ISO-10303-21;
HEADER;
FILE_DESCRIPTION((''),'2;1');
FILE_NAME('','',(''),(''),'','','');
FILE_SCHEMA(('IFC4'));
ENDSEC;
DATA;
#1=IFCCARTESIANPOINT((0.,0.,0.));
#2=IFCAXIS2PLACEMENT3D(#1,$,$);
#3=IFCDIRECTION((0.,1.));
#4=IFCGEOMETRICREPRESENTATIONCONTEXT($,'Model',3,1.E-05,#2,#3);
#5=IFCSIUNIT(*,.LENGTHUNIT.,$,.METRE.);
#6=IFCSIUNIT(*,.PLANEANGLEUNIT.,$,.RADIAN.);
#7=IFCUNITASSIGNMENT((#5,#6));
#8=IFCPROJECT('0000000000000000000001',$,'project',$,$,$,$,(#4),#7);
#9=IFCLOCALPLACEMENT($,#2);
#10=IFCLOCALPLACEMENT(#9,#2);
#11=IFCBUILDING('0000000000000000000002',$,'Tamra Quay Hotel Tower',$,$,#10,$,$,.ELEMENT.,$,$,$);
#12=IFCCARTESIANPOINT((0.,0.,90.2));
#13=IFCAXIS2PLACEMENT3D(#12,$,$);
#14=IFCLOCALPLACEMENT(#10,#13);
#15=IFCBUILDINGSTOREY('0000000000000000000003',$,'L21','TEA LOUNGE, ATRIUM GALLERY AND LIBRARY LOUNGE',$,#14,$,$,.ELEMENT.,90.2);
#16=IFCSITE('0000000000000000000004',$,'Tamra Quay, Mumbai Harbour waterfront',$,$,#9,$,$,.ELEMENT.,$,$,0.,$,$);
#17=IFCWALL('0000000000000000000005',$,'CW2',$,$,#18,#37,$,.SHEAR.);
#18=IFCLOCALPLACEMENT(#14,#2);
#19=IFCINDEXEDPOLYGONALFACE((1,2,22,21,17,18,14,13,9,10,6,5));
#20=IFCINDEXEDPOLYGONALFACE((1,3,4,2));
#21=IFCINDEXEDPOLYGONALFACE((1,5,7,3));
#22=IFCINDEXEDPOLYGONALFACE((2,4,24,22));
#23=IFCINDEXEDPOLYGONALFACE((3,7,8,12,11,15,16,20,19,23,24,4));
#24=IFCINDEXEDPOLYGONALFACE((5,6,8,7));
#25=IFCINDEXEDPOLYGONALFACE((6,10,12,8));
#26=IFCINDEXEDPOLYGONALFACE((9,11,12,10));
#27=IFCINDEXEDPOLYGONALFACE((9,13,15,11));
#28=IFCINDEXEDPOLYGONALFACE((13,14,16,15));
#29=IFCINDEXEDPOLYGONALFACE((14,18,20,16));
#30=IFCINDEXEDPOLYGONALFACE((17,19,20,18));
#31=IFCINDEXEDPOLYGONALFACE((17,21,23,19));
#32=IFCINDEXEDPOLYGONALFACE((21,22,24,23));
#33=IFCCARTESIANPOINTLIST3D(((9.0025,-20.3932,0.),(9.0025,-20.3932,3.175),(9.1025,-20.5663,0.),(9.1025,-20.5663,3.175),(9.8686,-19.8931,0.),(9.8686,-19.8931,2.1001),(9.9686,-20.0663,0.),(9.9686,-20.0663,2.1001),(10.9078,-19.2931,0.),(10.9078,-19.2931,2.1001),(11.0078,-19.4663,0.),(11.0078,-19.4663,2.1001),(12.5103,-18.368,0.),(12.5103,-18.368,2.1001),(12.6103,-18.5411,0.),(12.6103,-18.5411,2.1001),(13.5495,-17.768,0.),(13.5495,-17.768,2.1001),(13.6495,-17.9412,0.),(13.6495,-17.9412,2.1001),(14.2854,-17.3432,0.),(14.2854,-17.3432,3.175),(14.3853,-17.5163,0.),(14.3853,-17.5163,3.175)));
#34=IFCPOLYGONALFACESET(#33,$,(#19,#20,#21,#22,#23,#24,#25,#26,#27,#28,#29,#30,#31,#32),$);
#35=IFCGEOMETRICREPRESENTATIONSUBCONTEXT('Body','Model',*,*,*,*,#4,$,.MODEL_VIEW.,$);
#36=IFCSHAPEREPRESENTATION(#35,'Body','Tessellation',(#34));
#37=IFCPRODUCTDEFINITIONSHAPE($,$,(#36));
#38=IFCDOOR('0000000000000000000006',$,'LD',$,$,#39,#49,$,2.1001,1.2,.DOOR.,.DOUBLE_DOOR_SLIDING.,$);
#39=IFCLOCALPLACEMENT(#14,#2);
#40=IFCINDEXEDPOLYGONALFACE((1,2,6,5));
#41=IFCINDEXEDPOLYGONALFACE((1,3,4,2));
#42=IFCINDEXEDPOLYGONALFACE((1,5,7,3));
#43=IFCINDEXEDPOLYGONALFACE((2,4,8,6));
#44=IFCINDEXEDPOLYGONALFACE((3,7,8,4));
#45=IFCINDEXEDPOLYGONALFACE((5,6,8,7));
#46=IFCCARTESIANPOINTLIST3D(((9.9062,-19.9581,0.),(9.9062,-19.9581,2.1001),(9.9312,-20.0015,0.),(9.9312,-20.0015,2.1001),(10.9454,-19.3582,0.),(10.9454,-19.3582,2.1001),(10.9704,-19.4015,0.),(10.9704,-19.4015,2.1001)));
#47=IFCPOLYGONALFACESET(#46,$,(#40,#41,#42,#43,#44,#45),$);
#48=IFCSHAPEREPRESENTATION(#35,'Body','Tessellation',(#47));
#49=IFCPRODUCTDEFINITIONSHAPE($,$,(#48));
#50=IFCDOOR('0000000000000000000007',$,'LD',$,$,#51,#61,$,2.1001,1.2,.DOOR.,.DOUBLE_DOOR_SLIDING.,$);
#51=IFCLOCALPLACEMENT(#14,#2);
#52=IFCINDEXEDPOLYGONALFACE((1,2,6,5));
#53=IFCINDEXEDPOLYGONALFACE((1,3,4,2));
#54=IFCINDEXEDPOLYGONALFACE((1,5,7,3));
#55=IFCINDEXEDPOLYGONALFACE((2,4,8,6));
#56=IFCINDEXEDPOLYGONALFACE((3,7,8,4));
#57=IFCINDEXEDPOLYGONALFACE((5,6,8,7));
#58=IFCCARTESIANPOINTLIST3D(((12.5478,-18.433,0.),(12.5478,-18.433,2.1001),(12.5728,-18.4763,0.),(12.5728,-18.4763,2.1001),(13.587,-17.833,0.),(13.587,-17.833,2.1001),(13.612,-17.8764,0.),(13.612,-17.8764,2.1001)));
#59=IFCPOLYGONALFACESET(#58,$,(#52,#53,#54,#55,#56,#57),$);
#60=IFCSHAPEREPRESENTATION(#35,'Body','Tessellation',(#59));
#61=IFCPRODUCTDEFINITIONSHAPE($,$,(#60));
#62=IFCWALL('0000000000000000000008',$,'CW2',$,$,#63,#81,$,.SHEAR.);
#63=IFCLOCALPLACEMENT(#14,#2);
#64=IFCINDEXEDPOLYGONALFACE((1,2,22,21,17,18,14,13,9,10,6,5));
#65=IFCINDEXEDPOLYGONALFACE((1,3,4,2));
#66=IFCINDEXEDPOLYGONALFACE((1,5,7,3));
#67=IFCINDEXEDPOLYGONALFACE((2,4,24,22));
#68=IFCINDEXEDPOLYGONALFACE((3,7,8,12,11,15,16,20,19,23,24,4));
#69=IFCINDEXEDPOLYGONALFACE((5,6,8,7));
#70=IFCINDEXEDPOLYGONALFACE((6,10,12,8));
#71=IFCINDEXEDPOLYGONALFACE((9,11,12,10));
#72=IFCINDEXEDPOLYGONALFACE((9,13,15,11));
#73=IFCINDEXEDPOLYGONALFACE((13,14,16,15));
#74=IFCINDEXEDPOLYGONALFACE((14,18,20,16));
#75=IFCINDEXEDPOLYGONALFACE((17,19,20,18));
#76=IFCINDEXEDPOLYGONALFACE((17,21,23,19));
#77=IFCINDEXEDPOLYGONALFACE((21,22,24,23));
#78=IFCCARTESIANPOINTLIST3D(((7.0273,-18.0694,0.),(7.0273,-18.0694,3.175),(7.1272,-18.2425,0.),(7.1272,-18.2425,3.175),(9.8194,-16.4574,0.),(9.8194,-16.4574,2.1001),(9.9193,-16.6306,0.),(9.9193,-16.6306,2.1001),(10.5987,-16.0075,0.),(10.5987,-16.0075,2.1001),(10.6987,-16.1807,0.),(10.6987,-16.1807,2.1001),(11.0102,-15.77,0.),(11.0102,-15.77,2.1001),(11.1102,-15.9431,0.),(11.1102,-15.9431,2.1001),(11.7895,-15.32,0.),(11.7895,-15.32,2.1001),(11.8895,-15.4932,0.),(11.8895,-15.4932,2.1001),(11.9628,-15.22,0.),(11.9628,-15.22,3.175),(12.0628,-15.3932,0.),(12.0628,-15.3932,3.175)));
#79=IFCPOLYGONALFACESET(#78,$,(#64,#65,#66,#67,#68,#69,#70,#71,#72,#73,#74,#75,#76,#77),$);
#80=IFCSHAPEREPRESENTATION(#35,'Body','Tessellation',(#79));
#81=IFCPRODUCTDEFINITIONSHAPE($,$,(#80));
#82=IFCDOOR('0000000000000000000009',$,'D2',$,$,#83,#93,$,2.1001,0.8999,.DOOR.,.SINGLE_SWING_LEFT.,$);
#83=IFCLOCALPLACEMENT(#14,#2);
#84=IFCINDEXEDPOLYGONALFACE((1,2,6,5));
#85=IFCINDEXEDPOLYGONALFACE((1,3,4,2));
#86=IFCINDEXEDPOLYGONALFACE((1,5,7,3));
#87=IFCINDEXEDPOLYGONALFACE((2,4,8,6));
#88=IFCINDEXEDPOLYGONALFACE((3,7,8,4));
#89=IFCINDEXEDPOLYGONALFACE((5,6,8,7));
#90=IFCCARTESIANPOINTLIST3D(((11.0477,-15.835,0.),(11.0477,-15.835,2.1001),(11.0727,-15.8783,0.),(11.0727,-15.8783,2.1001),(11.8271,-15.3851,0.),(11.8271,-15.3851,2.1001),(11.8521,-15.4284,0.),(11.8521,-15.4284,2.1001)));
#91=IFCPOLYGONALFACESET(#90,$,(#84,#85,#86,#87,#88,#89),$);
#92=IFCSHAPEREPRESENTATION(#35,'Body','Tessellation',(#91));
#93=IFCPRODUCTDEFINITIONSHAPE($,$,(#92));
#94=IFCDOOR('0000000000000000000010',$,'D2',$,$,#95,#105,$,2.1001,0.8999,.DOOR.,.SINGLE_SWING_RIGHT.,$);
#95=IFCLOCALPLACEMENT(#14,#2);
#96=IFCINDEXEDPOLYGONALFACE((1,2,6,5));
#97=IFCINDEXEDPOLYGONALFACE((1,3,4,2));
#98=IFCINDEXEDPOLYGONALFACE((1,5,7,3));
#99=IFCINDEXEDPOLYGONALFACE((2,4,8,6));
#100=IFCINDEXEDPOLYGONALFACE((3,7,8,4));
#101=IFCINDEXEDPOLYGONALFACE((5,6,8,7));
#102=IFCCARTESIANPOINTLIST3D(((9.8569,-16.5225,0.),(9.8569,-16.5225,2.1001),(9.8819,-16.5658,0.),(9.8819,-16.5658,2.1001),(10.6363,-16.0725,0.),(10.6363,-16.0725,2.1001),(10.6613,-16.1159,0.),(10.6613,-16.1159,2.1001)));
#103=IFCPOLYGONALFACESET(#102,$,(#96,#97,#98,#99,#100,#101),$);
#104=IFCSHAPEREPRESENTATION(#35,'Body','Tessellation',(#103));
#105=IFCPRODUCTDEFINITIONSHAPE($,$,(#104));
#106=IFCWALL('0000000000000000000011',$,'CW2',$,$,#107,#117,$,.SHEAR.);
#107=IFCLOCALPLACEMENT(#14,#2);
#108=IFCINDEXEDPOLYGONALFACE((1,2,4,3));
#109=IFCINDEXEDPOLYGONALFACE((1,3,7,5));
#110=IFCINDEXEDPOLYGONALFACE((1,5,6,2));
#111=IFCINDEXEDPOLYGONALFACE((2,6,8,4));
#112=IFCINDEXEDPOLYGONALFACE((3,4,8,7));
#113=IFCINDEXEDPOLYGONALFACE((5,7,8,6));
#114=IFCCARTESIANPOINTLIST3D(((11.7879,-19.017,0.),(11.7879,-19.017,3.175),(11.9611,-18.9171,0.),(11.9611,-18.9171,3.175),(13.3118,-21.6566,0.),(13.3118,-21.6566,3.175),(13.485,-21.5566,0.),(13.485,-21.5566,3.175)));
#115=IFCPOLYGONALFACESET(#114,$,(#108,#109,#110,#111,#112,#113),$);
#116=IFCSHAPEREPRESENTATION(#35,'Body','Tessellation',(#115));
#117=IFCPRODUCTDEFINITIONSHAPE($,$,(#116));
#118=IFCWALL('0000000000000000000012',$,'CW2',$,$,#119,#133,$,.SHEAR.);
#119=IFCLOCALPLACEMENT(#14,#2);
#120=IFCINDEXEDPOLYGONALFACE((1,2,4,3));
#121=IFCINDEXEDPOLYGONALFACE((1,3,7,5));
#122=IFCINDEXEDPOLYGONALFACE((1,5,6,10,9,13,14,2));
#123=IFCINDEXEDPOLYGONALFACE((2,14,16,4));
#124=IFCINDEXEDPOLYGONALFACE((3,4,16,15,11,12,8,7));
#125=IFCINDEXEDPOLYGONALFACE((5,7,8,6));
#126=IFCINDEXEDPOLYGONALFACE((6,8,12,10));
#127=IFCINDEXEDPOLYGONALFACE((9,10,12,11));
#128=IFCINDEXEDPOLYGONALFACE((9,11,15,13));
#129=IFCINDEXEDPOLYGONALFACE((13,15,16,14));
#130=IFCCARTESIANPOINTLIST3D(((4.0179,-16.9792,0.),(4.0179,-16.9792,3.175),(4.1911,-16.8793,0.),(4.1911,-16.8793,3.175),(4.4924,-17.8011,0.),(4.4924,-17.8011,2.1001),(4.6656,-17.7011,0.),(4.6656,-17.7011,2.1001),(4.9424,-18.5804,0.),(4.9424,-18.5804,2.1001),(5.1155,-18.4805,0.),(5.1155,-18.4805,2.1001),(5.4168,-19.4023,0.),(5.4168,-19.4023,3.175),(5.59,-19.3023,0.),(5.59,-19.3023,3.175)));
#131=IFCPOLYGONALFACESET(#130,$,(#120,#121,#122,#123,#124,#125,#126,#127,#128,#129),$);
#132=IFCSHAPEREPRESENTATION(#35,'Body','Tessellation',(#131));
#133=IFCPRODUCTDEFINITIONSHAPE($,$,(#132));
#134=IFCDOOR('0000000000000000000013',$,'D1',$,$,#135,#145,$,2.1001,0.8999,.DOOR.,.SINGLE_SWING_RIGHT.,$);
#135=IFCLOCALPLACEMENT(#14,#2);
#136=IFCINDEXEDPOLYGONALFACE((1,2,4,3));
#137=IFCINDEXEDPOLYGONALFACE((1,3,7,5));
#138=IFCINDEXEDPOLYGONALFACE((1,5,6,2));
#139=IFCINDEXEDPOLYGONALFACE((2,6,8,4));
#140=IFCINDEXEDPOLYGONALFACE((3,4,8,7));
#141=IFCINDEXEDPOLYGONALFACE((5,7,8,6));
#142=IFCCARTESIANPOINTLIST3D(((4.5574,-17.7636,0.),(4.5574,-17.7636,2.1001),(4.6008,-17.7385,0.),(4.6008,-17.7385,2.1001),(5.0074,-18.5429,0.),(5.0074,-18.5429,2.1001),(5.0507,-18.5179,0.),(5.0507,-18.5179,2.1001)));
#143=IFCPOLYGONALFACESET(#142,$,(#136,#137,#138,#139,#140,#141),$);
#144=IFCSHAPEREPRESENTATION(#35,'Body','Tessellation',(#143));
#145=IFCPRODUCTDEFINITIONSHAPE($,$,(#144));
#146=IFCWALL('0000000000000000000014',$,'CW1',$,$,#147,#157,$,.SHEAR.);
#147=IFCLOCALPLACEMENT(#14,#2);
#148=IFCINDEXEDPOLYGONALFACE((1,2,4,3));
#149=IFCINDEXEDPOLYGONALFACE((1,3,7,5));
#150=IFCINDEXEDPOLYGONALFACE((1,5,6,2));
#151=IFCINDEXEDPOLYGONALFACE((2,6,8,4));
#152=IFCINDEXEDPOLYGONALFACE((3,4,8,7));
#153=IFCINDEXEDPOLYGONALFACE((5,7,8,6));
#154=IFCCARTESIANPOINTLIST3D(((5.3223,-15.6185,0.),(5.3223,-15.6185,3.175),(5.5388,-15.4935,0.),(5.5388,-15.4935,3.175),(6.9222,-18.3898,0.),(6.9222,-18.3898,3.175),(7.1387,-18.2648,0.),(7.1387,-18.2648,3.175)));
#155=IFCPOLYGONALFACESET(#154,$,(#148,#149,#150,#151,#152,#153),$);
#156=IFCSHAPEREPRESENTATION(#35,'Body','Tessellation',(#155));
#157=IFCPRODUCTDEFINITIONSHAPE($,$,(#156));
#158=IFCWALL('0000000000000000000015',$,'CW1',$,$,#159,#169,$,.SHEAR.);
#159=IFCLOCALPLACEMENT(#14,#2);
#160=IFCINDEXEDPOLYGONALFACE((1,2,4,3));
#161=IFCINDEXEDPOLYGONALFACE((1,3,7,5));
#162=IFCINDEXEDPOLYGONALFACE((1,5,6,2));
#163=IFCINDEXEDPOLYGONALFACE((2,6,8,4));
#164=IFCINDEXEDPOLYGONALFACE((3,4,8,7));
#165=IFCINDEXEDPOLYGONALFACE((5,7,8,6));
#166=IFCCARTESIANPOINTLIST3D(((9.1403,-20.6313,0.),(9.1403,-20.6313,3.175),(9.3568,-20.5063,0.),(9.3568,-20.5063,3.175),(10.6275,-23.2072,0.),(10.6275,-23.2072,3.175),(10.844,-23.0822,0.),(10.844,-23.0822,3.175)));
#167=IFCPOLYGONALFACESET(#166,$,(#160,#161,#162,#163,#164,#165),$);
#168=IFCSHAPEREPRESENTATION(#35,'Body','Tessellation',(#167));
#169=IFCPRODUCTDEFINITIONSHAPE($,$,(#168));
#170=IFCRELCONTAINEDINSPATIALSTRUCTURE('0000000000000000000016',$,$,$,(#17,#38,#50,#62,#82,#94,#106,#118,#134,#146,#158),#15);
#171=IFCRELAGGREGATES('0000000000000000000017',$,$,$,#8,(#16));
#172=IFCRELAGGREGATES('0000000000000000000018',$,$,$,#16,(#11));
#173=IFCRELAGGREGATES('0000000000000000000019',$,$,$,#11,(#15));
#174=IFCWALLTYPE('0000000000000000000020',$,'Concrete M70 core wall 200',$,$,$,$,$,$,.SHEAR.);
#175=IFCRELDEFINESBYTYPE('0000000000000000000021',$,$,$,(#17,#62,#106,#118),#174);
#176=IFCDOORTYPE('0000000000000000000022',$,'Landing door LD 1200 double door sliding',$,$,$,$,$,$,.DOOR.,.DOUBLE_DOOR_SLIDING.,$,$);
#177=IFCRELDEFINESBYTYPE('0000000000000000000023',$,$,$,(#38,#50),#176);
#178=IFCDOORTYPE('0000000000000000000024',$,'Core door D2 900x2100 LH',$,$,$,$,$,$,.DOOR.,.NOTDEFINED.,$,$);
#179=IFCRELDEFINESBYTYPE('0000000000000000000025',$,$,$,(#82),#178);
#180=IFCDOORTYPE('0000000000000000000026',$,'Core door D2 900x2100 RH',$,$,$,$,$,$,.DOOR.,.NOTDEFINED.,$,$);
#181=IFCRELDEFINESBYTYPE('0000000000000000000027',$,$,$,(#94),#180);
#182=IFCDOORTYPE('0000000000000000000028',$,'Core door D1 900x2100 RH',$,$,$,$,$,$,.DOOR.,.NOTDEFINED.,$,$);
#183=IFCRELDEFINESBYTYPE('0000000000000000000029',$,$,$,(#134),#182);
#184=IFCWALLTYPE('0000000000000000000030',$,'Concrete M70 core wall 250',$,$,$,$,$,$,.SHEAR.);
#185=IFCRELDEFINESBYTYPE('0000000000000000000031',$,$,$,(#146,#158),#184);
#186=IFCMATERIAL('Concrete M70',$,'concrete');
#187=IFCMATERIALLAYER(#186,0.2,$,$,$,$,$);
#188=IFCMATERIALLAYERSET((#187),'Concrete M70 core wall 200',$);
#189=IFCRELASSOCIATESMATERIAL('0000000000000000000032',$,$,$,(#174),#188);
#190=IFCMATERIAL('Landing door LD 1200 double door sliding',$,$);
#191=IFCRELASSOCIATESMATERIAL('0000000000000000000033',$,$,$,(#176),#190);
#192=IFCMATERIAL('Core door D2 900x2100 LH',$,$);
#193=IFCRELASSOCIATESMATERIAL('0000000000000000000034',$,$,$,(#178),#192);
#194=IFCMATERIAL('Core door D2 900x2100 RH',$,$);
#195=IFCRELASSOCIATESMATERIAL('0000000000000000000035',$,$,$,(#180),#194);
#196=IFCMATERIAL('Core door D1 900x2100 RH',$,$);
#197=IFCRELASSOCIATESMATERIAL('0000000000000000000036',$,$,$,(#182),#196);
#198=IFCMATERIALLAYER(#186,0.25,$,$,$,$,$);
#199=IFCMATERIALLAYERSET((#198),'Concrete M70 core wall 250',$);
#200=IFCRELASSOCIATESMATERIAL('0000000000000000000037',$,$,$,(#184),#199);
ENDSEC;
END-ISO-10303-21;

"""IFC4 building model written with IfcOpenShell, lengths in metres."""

from ifc_helpers import new_model, si_unit, direction, frame, frame_2d, origin, place, context, subcontext, project, spatial, rectangle, extrude, material, layer, layer_set, type_object, element, fill, save


model = new_model("IFC4")

# Units and contexts
model_context = context("Model", 3, precision=1e-05, world=origin(), true_north=direction((0.0, 1.0)))
body_context = subcontext(model_context, "Body", "Model", "MODEL_VIEW")
ifc_project = project(units=[si_unit("LENGTHUNIT", "METRE"), si_unit("PLANEANGLEUNIT", "RADIAN")], contexts=[model_context])

# Site, building, storey
site_placement = place(None, origin())
site = spatial("IfcSite", under=ifc_project, at=site_placement, Name="Tamra Quay, Mumbai Harbour waterfront", CompositionType="ELEMENT", RefElevation=0.0)
building_placement = place(site_placement, origin())
building = spatial("IfcBuilding", under=site, at=building_placement, Name="Tamra Quay Hotel Tower", CompositionType="ELEMENT")
storey_placement = place(building_placement, frame((0.0, 0.0, 90.2)))
storey = spatial("IfcBuildingStorey", under=building, at=storey_placement, Name="L21", Description="TEA LOUNGE, ATRIUM GALLERY AND LIBRARY LOUNGE", CompositionType="ELEMENT", Elevation=90.2)

# Shared definitions
ifc_material_1 = material(Name="Concrete M70", Category="concrete")

# Walls, openings, doors
ifc_layer_1 = layer(ifc_material_1, 0.2)
ifc_layer_set_1 = layer_set([ifc_layer_1], Name="Concrete M70 core wall 200")
wall_type_1 = type_object("IfcWallType", Name="Concrete M70 core wall 200", PredefinedType="SHEAR", material=ifc_layer_set_1)
wall_1_placement = place(storey_placement, frame((9.0525, -20.4797, 0.0), z_axis=(0.0, 0.0, 1.0), x_axis=(0.86603, 0.499992, 0.0)))
wall_1 = element("IfcWall", 1, at=wall_1_placement, inside=storey, type_object=wall_type_1, Name="CW2", PredefinedType="SHEAR", context=body_context, shape_type="SweptSolid", body=[
    extrude(rectangle(XDim=6.1001, YDim=0.2, at=frame_2d((3.05, 0.0))), origin(), (0.0, 0.0, 1.0), 3.175),
])
opening_1_placement = place(wall_1_placement, frame((1.0, 0.0, 0.0)))
opening_1 = element("IfcOpeningElement", 2, at=opening_1_placement, cuts=wall_1, PredefinedType="OPENING", context=body_context, shape_type="SweptSolid", body=[
    extrude(rectangle(XDim=1.2, YDim=2.1001, at=frame_2d((0.6001, 1.05))), frame((0.0, 0.1099, 0.0), z_axis=(0.0, -1.0, 0.0), x_axis=(1.0, 0.0, 0.0)), (0.0, 0.0, 1.0), 0.22),
])
opening_2_placement = place(wall_1_placement, frame((4.0503, 0.0, 0.0)))
opening_2 = element("IfcOpeningElement", 3, at=opening_2_placement, cuts=wall_1, PredefinedType="OPENING", context=body_context, shape_type="SweptSolid", body=[
    extrude(rectangle(XDim=1.2, YDim=2.1001, at=frame_2d((0.6001, 1.05))), frame((0.0, 0.1099, 0.0), z_axis=(0.0, -1.0, 0.0), x_axis=(1.0, 0.0, 0.0)), (0.0, 0.0, 1.0), 0.22),
])
ifc_material_2 = material(Name="Landing door LD 1200 double door sliding")
door_type_1 = type_object("IfcDoorType", Name="Landing door LD 1200 double door sliding", OperationType="DOUBLE_DOOR_SLIDING", PredefinedType="DOOR", material=ifc_material_2)
door_1_placement = place(opening_1_placement, origin())
door_1 = element("IfcDoor", 4, at=door_1_placement, inside=storey, type_object=door_type_1, Name="LD", OperationType="DOUBLE_DOOR_SLIDING", OverallHeight=2.1001, OverallWidth=1.2, PredefinedType="DOOR", context=body_context, shape_type="SweptSolid", body=[
    extrude(rectangle(XDim=1.2, YDim=2.1001, at=frame_2d((0.6001, 1.05))), frame((0.0, 0.0249, 0.0), z_axis=(0.0, -1.0, 0.0), x_axis=(1.0, 0.0, 0.0)), (0.0, 0.0, 1.0), 0.05),
])
fill(opening_1, door_1)
door_2_placement = place(opening_2_placement, origin())
door_2 = element("IfcDoor", 5, at=door_2_placement, inside=storey, type_object=door_type_1, Name="LD", OperationType="DOUBLE_DOOR_SLIDING", OverallHeight=2.1001, OverallWidth=1.2, PredefinedType="DOOR", context=body_context, shape_type="SweptSolid", body=[
    extrude(rectangle(XDim=1.2, YDim=2.1001, at=frame_2d((0.6001, 1.05))), frame((0.0, 0.0249, 0.0), z_axis=(0.0, -1.0, 0.0), x_axis=(1.0, 0.0, 0.0)), (0.0, 0.0, 1.0), 0.05),
])
fill(opening_2, door_2)
wall_2_placement = place(storey_placement, frame((7.0771, -18.156, 0.0), z_axis=(0.0, 0.0, 1.0), x_axis=(0.866039, 0.499977, 0.0)))
wall_2 = element("IfcWall", 6, at=wall_2_placement, inside=storey, type_object=wall_type_1, Name="CW2", PredefinedType="SHEAR", context=body_context, shape_type="SweptSolid", body=[
    extrude(rectangle(XDim=5.699, YDim=0.2, at=frame_2d((2.8496, 0.0))), origin(), (0.0, 0.0, 1.0), 3.175),
])
opening_3_placement = place(wall_2_placement, frame((3.2241, 0.0, 0.0)))
opening_3 = element("IfcOpeningElement", 7, at=opening_3_placement, cuts=wall_2, PredefinedType="OPENING", context=body_context, shape_type="SweptSolid", body=[
    extrude(rectangle(XDim=0.8999, YDim=2.1001, at=frame_2d((0.45, 1.05))), frame((0.0, 0.1099, 0.0), z_axis=(0.0, -1.0, 0.0), x_axis=(1.0, 0.0, 0.0)), (0.0, 0.0, 1.0), 0.22),
])
opening_4_placement = place(wall_2_placement, frame((4.5991, 0.0, 0.0)))
opening_4 = element("IfcOpeningElement", 8, at=opening_4_placement, cuts=wall_2, PredefinedType="OPENING", context=body_context, shape_type="SweptSolid", body=[
    extrude(rectangle(XDim=0.8999, YDim=2.1001, at=frame_2d((0.45, 1.05))), frame((0.0, 0.1099, 0.0), z_axis=(0.0, -1.0, 0.0), x_axis=(1.0, 0.0, 0.0)), (0.0, 0.0, 1.0), 0.22),
])
ifc_material_3 = material(Name="Core door D2 900x2100 LH")
door_type_2 = type_object("IfcDoorType", Name="Core door D2 900x2100 LH", OperationType="NOTDEFINED", PredefinedType="DOOR", material=ifc_material_3)
door_3_placement = place(opening_4_placement, origin())
door_3 = element("IfcDoor", 9, at=door_3_placement, inside=storey, type_object=door_type_2, Name="D2", OperationType="SINGLE_SWING_LEFT", OverallHeight=2.1001, OverallWidth=0.8999, PredefinedType="DOOR", context=body_context, shape_type="SweptSolid", body=[
    extrude(rectangle(XDim=0.8999, YDim=2.1001, at=frame_2d((0.45, 1.05))), frame((0.0, 0.0249, 0.0), z_axis=(0.0, -1.0, 0.0), x_axis=(1.0, 0.0, 0.0)), (0.0, 0.0, 1.0), 0.05),
])
fill(opening_4, door_3)
ifc_material_4 = material(Name="Core door D2 900x2100 RH")
door_type_3 = type_object("IfcDoorType", Name="Core door D2 900x2100 RH", OperationType="NOTDEFINED", PredefinedType="DOOR", material=ifc_material_4)
door_4_placement = place(opening_3_placement, origin())
door_4 = element("IfcDoor", 10, at=door_4_placement, inside=storey, type_object=door_type_3, Name="D2", OperationType="SINGLE_SWING_RIGHT", OverallHeight=2.1001, OverallWidth=0.8999, PredefinedType="DOOR", context=body_context, shape_type="SweptSolid", body=[
    extrude(rectangle(XDim=0.8999, YDim=2.1001, at=frame_2d((0.45, 1.05))), frame((0.0, 0.0249, 0.0), z_axis=(0.0, -1.0, 0.0), x_axis=(1.0, 0.0, 0.0)), (0.0, 0.0, 1.0), 0.05),
])
fill(opening_3, door_4)

# Wall
wall_3_placement = place(storey_placement, frame((11.8745, -18.967, 0.0), z_axis=(0.0, 0.0, 1.0), x_axis=(0.499981, -0.866036, 0.0)))
element("IfcWall", 11, at=wall_3_placement, inside=storey, type_object=wall_type_1, Name="CW2", PredefinedType="SHEAR", context=body_context, shape_type="SweptSolid", body=[
    extrude(rectangle(XDim=3.0479, YDim=0.2, at=frame_2d((1.5239, 0.0))), origin(), (0.0, 0.0, 1.0), 3.175),
])

# Wall, opening, door
wall_4_placement = place(storey_placement, frame((5.5034, -19.3523, 0.0), z_axis=(0.0, 0.0, 1.0), x_axis=(-0.499987, 0.866033, 0.0)))
wall_4 = element("IfcWall", 12, at=wall_4_placement, inside=storey, type_object=wall_type_1, Name="CW2", PredefinedType="SHEAR", context=body_context, shape_type="SweptSolid", body=[
    extrude(rectangle(XDim=2.7979, YDim=0.2, at=frame_2d((1.3989, 0.0))), origin(), (0.0, 0.0, 1.0), 3.175),
])
opening_5_placement = place(wall_4_placement, frame((0.949, 0.0, 0.0)))
opening_5 = element("IfcOpeningElement", 13, at=opening_5_placement, cuts=wall_4, PredefinedType="OPENING", context=body_context, shape_type="SweptSolid", body=[
    extrude(rectangle(XDim=0.8999, YDim=2.1001, at=frame_2d((0.45, 1.05))), frame((0.0, 0.1099, 0.0), z_axis=(0.0, -1.0, 0.0), x_axis=(1.0, 0.0, 0.0)), (0.0, 0.0, 1.0), 0.22),
])
ifc_material_5 = material(Name="Core door D1 900x2100 RH")
door_type_4 = type_object("IfcDoorType", Name="Core door D1 900x2100 RH", OperationType="NOTDEFINED", PredefinedType="DOOR", material=ifc_material_5)
door_5_placement = place(opening_5_placement, origin())
door_5 = element("IfcDoor", 14, at=door_5_placement, inside=storey, type_object=door_type_4, Name="D1", OperationType="SINGLE_SWING_RIGHT", OverallHeight=2.1001, OverallWidth=0.8999, PredefinedType="DOOR", context=body_context, shape_type="SweptSolid", body=[
    extrude(rectangle(XDim=0.8999, YDim=2.1001, at=frame_2d((0.45, 1.05))), frame((0.0, 0.0249, 0.0), z_axis=(0.0, -1.0, 0.0), x_axis=(1.0, 0.0, 0.0)), (0.0, 0.0, 1.0), 0.05),
])
fill(opening_5, door_5)

# Walls
ifc_layer_2 = layer(ifc_material_1, 0.25)
ifc_layer_set_2 = layer_set([ifc_layer_2], Name="Concrete M70 core wall 250")
wall_type_2 = type_object("IfcWallType", Name="Concrete M70 core wall 250", PredefinedType="SHEAR", material=ifc_layer_set_2)
wall_5_placement = place(storey_placement, frame((7.0305, -18.3274, 0.0), z_axis=(0.0, 0.0, 1.0), x_axis=(-0.499971, 0.866042, 0.0)))
element("IfcWall", 15, at=wall_5_placement, inside=storey, type_object=wall_type_2, Name="CW1", PredefinedType="SHEAR", context=body_context, shape_type="SweptSolid", body=[
    extrude(rectangle(XDim=3.2, YDim=0.25, at=frame_2d((1.6001, 0.0))), origin(), (0.0, 0.0, 1.0), 3.175),
])
wall_6_placement = place(storey_placement, frame((10.7358, -23.1448, 0.0), z_axis=(0.0, 0.0, 1.0), x_axis=(-0.500023, 0.866012, 0.0)))
element("IfcWall", 16, at=wall_6_placement, inside=storey, type_object=wall_type_2, Name="CW1", PredefinedType="SHEAR", context=body_context, shape_type="SweptSolid", body=[
    extrude(rectangle(XDim=2.9744, YDim=0.25, at=frame_2d((1.4873, 0.0))), origin(), (0.0, 0.0, 1.0), 3.175),
])

save(model, "model.ifc")
